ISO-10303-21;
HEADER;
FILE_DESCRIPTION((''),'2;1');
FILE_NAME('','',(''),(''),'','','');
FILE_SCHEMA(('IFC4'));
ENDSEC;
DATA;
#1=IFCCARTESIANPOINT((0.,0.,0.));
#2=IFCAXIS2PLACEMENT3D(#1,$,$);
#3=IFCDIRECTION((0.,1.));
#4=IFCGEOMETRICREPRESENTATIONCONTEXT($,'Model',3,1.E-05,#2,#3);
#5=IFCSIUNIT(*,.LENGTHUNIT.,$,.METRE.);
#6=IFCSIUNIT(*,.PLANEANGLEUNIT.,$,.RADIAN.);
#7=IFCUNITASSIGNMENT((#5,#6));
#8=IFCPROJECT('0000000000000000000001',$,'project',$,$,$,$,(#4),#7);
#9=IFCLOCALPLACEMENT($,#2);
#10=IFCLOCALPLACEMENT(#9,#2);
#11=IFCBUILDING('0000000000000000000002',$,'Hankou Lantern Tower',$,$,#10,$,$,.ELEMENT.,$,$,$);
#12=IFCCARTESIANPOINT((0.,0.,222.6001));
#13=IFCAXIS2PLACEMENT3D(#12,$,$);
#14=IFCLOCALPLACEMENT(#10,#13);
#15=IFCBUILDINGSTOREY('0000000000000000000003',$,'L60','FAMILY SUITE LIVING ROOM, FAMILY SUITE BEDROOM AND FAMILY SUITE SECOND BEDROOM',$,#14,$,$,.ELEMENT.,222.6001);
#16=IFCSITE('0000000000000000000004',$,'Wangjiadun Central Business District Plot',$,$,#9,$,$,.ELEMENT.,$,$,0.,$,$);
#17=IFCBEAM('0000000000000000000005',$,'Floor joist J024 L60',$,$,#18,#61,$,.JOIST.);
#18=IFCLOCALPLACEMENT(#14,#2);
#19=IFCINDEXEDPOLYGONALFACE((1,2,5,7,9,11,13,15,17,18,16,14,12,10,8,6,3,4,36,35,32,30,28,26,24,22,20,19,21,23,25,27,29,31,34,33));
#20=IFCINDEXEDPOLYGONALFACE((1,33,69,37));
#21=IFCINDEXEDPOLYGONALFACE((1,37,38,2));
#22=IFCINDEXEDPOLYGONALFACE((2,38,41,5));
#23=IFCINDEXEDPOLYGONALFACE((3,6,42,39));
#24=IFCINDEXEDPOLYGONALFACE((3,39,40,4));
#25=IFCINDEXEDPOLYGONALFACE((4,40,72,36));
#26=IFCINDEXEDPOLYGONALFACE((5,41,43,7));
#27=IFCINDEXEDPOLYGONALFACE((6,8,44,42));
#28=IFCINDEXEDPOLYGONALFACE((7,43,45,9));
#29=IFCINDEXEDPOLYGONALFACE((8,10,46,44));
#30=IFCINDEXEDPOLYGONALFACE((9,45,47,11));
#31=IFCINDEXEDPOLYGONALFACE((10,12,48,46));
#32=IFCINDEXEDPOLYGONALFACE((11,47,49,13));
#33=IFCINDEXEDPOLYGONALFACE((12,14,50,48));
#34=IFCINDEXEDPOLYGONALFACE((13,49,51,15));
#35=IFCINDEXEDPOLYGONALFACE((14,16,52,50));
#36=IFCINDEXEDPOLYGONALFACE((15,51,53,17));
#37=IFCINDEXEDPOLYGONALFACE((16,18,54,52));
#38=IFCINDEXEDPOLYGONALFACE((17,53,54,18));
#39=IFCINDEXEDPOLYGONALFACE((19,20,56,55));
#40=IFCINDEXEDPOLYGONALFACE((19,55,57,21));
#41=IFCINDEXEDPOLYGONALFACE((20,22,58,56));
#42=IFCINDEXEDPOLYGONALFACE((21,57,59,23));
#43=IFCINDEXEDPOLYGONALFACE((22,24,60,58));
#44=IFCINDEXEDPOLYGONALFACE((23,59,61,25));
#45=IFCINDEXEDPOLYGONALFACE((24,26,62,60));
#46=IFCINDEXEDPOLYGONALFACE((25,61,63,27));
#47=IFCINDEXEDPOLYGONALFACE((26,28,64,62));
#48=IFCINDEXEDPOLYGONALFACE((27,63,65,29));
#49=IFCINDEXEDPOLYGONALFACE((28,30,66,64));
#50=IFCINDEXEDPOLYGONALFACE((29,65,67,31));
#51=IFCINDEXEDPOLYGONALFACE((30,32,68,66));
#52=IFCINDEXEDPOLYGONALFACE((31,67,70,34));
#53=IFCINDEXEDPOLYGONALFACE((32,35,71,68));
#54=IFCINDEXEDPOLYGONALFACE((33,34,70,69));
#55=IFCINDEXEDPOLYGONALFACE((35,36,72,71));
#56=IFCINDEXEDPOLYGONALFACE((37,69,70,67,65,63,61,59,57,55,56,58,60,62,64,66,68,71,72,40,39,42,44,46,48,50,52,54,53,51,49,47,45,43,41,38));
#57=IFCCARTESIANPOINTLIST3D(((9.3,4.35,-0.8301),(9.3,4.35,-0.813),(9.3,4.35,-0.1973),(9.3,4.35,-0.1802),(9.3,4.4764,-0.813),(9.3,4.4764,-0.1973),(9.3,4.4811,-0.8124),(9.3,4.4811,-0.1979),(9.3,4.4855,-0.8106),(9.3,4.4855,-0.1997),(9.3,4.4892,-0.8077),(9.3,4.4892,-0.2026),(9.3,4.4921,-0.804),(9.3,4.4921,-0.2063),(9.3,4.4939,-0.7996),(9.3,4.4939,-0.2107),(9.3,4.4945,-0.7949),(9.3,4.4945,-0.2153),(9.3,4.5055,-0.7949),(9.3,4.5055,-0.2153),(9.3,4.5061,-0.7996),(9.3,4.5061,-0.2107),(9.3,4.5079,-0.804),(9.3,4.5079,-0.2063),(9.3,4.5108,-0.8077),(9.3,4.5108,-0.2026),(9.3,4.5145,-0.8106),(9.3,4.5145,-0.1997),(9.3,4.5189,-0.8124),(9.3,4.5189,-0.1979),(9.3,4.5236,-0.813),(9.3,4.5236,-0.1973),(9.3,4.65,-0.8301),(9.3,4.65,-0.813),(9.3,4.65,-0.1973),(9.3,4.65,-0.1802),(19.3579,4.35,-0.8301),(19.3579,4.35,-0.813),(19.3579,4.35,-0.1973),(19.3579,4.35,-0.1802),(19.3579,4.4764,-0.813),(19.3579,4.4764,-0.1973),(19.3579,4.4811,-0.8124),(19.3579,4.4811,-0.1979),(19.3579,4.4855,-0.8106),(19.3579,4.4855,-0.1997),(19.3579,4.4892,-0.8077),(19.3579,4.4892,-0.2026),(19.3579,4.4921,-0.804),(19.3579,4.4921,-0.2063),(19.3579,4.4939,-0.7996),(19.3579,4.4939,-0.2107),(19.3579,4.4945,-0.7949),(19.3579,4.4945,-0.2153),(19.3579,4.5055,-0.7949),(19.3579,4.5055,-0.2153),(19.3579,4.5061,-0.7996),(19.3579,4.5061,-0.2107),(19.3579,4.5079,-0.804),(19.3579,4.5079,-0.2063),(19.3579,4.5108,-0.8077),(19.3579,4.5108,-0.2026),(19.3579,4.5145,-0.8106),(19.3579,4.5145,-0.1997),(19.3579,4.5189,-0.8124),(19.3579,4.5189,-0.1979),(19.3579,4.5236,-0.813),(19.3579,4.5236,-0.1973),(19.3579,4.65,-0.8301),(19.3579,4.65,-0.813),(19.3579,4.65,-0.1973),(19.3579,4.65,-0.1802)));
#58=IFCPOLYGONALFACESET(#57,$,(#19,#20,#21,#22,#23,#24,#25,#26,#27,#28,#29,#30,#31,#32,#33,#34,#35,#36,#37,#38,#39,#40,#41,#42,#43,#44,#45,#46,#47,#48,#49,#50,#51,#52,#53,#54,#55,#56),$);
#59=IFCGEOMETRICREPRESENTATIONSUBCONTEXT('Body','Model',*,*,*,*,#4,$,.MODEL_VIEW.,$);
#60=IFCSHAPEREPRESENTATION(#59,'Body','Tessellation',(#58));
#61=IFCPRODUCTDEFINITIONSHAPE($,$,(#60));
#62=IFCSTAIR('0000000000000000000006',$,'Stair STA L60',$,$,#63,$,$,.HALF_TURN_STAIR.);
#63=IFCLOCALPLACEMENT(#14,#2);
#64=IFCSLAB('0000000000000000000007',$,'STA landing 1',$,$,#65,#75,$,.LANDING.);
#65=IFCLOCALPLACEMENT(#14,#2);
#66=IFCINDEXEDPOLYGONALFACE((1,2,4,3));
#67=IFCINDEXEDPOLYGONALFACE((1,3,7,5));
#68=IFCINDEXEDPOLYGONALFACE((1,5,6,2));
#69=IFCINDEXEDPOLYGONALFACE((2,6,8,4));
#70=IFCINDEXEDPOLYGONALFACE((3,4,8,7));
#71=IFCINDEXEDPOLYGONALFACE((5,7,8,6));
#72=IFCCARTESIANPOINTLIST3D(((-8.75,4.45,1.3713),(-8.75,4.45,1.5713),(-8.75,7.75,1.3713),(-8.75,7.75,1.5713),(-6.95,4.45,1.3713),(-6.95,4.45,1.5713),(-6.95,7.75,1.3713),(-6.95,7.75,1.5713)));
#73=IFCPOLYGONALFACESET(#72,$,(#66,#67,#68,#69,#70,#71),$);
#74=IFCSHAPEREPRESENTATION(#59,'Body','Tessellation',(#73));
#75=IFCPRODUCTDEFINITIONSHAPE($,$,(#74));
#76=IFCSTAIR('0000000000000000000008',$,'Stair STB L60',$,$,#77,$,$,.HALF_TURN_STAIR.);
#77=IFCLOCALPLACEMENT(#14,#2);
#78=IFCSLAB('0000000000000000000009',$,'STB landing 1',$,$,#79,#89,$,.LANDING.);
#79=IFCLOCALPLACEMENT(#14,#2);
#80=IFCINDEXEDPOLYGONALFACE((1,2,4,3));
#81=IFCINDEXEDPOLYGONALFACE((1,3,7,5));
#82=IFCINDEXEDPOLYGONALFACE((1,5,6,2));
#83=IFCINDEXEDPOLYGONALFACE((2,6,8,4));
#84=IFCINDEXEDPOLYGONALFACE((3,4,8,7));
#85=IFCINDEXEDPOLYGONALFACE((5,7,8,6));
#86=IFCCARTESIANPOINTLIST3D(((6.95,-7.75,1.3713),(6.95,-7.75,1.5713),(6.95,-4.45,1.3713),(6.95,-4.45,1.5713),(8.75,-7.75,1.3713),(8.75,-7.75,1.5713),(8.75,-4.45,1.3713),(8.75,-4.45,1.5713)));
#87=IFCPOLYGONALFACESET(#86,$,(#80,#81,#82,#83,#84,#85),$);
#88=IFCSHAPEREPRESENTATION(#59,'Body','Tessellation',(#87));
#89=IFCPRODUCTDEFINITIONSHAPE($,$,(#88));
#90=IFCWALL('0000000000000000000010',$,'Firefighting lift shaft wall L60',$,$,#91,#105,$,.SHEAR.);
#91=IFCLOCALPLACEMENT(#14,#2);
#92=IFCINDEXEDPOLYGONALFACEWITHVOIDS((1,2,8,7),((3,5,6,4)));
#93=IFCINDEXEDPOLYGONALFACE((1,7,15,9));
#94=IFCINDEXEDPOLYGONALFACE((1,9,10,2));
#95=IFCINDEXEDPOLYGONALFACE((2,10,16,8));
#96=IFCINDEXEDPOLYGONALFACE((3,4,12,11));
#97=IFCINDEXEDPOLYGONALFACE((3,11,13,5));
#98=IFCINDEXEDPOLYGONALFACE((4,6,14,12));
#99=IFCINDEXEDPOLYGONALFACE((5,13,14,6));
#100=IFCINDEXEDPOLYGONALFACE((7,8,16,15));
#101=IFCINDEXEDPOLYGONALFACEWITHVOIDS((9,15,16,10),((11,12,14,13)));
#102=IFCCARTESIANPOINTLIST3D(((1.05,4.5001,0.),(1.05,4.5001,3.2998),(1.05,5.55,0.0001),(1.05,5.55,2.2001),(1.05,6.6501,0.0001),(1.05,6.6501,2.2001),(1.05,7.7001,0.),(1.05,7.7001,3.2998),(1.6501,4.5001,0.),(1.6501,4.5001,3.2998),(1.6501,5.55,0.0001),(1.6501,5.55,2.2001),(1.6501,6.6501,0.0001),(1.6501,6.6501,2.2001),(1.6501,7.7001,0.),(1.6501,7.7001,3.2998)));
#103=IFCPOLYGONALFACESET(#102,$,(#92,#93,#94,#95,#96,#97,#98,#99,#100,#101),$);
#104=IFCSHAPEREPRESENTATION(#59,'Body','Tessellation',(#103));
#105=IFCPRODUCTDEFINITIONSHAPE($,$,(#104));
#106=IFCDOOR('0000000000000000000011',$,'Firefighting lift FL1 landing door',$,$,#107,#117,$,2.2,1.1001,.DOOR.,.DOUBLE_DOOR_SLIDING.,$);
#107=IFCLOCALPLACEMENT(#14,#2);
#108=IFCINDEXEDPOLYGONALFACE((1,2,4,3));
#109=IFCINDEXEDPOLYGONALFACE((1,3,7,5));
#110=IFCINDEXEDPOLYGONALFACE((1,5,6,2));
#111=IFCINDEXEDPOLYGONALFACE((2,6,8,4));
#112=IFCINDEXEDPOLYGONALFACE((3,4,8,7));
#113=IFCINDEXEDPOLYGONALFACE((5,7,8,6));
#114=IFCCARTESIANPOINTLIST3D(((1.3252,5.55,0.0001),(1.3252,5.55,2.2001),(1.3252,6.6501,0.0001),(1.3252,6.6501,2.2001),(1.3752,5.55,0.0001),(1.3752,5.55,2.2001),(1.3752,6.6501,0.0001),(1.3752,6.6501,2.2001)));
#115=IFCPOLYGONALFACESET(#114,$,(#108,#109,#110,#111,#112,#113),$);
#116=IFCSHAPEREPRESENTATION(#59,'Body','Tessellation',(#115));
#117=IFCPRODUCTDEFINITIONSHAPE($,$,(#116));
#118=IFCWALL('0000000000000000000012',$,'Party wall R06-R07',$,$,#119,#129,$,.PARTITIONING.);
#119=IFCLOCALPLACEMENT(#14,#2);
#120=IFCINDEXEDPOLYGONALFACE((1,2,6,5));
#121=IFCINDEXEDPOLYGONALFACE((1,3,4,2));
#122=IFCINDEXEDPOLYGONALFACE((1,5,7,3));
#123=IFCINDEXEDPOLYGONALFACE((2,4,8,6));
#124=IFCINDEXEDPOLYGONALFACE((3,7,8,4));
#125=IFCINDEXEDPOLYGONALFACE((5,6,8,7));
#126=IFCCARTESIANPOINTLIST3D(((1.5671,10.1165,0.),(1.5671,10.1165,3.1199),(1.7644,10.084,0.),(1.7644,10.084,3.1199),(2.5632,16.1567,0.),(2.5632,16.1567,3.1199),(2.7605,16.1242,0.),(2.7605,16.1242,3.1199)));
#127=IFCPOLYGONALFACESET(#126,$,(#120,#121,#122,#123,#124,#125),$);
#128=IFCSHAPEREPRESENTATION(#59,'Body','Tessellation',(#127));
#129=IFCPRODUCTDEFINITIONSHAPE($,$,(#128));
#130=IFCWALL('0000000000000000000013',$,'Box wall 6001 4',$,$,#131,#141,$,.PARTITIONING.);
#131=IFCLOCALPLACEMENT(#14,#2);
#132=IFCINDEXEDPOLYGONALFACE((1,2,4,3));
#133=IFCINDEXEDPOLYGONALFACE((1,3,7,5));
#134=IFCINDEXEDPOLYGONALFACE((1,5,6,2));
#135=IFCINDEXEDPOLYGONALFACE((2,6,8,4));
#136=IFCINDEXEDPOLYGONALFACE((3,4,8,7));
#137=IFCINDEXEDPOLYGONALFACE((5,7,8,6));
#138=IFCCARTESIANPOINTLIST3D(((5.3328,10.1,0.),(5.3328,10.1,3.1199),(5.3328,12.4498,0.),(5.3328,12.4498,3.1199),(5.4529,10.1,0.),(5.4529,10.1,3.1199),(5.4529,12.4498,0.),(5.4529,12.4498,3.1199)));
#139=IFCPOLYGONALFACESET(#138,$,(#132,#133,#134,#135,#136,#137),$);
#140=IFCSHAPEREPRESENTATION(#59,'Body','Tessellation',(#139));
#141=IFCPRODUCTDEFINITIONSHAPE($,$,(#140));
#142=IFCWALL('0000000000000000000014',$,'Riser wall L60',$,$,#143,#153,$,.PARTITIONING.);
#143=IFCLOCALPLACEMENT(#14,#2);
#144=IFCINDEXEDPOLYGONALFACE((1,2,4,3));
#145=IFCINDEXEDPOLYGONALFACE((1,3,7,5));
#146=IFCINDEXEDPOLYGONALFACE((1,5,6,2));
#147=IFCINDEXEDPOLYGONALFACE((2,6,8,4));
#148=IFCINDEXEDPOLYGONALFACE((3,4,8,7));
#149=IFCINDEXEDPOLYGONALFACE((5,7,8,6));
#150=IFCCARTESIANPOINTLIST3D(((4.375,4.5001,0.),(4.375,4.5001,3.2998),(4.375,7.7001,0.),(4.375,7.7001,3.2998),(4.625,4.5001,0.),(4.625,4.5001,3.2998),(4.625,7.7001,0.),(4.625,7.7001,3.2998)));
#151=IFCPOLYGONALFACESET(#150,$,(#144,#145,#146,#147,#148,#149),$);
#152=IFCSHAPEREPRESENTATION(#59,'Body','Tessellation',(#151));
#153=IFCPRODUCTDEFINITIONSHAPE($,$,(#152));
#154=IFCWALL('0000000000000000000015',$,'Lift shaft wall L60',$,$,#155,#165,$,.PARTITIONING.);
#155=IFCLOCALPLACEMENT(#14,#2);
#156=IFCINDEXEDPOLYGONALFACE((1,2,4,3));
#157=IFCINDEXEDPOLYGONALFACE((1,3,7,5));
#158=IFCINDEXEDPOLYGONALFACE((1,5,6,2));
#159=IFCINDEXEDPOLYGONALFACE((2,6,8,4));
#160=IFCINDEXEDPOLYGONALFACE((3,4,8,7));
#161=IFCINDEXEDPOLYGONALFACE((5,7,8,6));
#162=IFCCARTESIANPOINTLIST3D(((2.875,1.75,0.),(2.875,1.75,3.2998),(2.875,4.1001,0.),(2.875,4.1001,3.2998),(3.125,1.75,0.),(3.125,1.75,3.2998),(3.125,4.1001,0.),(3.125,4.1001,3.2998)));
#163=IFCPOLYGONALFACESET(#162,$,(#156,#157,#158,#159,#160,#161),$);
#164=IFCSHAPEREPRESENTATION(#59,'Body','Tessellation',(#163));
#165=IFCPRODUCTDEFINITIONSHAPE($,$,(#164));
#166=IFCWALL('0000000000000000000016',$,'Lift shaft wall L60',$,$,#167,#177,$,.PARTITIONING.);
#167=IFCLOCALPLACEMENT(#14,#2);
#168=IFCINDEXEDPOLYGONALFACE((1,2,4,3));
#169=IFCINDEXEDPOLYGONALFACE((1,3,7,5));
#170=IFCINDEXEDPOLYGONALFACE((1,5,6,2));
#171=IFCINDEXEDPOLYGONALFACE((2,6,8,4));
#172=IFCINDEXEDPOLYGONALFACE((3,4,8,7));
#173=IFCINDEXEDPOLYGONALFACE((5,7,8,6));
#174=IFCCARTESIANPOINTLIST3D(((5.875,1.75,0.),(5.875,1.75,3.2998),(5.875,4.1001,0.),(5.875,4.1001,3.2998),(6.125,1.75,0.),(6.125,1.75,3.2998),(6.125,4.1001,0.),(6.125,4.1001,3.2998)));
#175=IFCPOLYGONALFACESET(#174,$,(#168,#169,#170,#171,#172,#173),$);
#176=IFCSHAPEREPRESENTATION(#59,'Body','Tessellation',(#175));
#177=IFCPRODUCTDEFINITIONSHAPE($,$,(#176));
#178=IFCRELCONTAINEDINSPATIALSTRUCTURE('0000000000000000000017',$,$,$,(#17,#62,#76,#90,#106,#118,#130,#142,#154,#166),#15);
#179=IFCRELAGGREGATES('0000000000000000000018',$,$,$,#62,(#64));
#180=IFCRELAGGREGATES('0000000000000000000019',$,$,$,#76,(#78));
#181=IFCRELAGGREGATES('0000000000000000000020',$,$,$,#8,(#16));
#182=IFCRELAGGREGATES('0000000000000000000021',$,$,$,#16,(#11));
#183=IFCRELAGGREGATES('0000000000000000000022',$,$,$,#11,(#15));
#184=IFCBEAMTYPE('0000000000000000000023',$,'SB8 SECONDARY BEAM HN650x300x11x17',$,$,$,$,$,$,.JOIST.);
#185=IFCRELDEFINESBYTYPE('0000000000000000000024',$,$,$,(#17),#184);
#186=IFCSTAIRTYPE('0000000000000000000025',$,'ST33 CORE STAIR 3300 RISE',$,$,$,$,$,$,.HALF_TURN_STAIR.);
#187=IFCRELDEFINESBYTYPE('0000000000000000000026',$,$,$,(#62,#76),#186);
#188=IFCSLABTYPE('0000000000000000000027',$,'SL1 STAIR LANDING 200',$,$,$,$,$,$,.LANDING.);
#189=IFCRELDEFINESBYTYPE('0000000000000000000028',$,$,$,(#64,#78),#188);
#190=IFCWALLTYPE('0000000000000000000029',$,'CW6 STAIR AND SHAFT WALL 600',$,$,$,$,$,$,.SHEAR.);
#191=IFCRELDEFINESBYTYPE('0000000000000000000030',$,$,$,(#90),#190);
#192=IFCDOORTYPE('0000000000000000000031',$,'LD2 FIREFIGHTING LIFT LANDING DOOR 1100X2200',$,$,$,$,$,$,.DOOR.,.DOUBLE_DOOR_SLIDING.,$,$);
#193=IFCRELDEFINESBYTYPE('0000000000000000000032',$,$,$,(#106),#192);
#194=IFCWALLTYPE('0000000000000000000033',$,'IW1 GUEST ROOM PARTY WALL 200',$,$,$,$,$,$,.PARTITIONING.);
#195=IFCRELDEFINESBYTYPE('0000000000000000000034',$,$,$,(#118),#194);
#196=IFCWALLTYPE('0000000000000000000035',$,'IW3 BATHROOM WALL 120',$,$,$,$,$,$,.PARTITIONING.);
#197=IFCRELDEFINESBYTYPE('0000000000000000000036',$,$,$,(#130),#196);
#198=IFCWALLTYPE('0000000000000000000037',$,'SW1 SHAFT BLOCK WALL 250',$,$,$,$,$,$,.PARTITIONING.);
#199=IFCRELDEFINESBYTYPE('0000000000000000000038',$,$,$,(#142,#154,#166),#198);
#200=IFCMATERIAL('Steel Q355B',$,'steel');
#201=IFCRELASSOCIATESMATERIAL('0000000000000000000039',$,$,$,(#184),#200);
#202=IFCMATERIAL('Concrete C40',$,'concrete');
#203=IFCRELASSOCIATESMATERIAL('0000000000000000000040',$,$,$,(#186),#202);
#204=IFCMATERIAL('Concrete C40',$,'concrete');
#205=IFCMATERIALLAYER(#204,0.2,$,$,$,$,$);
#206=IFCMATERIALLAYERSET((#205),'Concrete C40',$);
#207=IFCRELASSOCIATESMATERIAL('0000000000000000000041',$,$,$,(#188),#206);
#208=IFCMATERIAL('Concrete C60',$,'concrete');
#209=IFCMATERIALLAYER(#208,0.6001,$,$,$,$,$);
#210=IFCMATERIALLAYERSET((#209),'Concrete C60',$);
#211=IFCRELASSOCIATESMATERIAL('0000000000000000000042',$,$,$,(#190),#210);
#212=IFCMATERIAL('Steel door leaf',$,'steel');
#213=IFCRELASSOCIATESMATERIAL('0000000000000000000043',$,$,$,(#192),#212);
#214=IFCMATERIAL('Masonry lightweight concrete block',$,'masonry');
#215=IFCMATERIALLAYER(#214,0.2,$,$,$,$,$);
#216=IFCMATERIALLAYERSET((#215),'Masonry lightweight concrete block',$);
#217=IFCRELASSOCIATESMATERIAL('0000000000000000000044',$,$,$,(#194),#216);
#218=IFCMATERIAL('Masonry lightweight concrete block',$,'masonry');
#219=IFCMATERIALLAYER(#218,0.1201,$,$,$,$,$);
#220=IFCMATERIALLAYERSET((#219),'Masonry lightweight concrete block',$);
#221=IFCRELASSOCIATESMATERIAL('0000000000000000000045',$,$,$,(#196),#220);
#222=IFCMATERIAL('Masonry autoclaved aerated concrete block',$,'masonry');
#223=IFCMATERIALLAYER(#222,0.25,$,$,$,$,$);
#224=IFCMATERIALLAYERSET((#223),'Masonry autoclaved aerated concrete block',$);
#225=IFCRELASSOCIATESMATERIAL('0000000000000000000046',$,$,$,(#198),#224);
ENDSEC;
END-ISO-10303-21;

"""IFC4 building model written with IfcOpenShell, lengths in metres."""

from ifc_helpers import new_model, si_unit, direction, frame, frame_2d, origin, origin_2d, place, context, subcontext, project, spatial, polyline, rectangle, i_section, outline, extrude, material, layer, layer_set, material_profile, profile_set, type_object, element, fill, aggregate, save


model = new_model("IFC4")

# Units and contexts
model_context = context("Model", 3, precision=1e-05, world=origin(), true_north=direction((0.0, 1.0)))
body_context = subcontext(model_context, "Body", "Model", "MODEL_VIEW")
ifc_project = project(units=[si_unit("LENGTHUNIT", "METRE"), si_unit("PLANEANGLEUNIT", "RADIAN")], contexts=[model_context])

# Site, building, storey
site_placement = place(None, origin())
site = spatial("IfcSite", under=ifc_project, at=site_placement, Name="Wangjiadun Central Business District Plot", CompositionType="ELEMENT", RefElevation=0.0)
building_placement = place(site_placement, origin())
building = spatial("IfcBuilding", under=site, at=building_placement, Name="Hankou Lantern Tower", CompositionType="ELEMENT")
storey_placement = place(building_placement, frame((0.0, 0.0, 222.6001)))
storey = spatial("IfcBuildingStorey", under=building, at=storey_placement, Name="L60", Description="FAMILY SUITE LIVING ROOM, FAMILY SUITE BEDROOM AND FAMILY SUITE SECOND BEDROOM", CompositionType="ELEMENT", Elevation=222.6001)

# Beam
ifc_material_1 = material(Name="Steel Q355B", Category="steel")
ifc_material_profile_1 = material_profile(ifc_material_1, i_section(OverallWidth=0.3, OverallDepth=0.6499, WebThickness=0.011, FlangeThickness=0.0171, FilletRadius=0.0181, at=origin_2d()), Name="HN650x300x11x17")
ifc_profile_set_1 = profile_set([ifc_material_profile_1], Name="Steel Q355B")
beam_type_1 = type_object("IfcBeamType", Name="SB8 SECONDARY BEAM HN650x300x11x17", PredefinedType="JOIST", material=ifc_profile_set_1)
beam_1_placement = place(storey_placement, frame((9.3, 4.5, -0.5051), z_axis=(1.0, 0.0, 0.0), x_axis=(0.0, 1.0, 0.0)))
element("IfcBeam", 1, at=beam_1_placement, inside=storey, type_object=beam_type_1, Name="Floor joist J024 L60", PredefinedType="JOIST", context=body_context, shape_type="SweptSolid", body=[
    extrude(i_section(OverallWidth=0.3, OverallDepth=0.6499, WebThickness=0.011, FlangeThickness=0.0171, FilletRadius=0.0181, at=origin_2d()), origin(), (0.0, 0.0, 1.0), 10.0579),
])

# Stairs, slabs
ifc_material_2 = material(Name="Concrete C40", Category="concrete")
stair_type = type_object("IfcStairType", Name="ST33 CORE STAIR 3300 RISE", PredefinedType="HALF_TURN_STAIR", material=ifc_material_2)
stair_1_placement = place(storey_placement, origin())
stair_1 = element("IfcStair", 2, at=stair_1_placement, inside=storey, type_object=stair_type, Name="Stair STA L60", PredefinedType="HALF_TURN_STAIR")
ifc_material_3 = material(Name="Concrete C40", Category="concrete")
ifc_layer_1 = layer(ifc_material_3, 0.2)
ifc_layer_set_1 = layer_set([ifc_layer_1], Name="Concrete C40")
slab_type = type_object("IfcSlabType", Name="SL1 STAIR LANDING 200", PredefinedType="LANDING", material=ifc_layer_set_1)
slab_1_placement = place(storey_placement, frame((0.0, 0.0, 1.3713)))
slab_1 = element("IfcSlab", 3, at=slab_1_placement, type_object=slab_type, Name="STA landing 1", PredefinedType="LANDING", context=body_context, shape_type="SweptSolid", body=[
    extrude(outline(polyline([(-8.75, 4.45), (-6.95, 4.45), (-6.95, 7.75), (-8.75, 7.75), (-8.75, 4.45)])), origin(), (0.0, 0.0, 1.0), 0.2),
])
aggregate(stair_1, [slab_1])
stair_2_placement = place(storey_placement, origin())
stair_2 = element("IfcStair", 4, at=stair_2_placement, inside=storey, type_object=stair_type, Name="Stair STB L60", PredefinedType="HALF_TURN_STAIR")
slab_2_placement = place(storey_placement, frame((0.0, 0.0, 1.3713)))
slab_2 = element("IfcSlab", 5, at=slab_2_placement, type_object=slab_type, Name="STB landing 1", PredefinedType="LANDING", context=body_context, shape_type="SweptSolid", body=[
    extrude(outline(polyline([(8.75, -4.45), (6.95, -4.45), (6.95, -7.75), (8.75, -7.75), (8.75, -4.45)])), origin(), (0.0, 0.0, 1.0), 0.2),
])
aggregate(stair_2, [slab_2])

# Wall, opening, door
ifc_material_4 = material(Name="Concrete C60", Category="concrete")
ifc_layer_2 = layer(ifc_material_4, 0.6001)
ifc_layer_set_2 = layer_set([ifc_layer_2], Name="Concrete C60")
wall_type_1 = type_object("IfcWallType", Name="CW6 STAIR AND SHAFT WALL 600", PredefinedType="SHEAR", material=ifc_layer_set_2)
wall_1_placement = place(storey_placement, frame((1.3501, 4.5, 0.0), z_axis=(0.0, 0.0, 1.0), x_axis=(0.0, 1.0, 0.0)))
wall_1 = element("IfcWall", 6, at=wall_1_placement, inside=storey, type_object=wall_type_1, Name="Firefighting lift shaft wall L60", PredefinedType="SHEAR", context=body_context, shape_type="SweptSolid", body=[
    extrude(rectangle(XDim=3.2, YDim=0.6001, at=frame_2d((1.6001, 0.0))), origin(), (0.0, 0.0, 1.0), 3.2998),
])
opening_placement = place(wall_1_placement, frame((1.05, 0.0, 0.0)))
opening = element("IfcOpeningElement", 7, at=opening_placement, cuts=wall_1, PredefinedType="OPENING", context=body_context, shape_type="SweptSolid", body=[
    extrude(rectangle(XDim=1.1001, YDim=2.2, at=frame_2d((0.55, 1.1001))), frame((0.0, 0.3101, 0.0), z_axis=(0.0, -1.0, 0.0), x_axis=(1.0, 0.0, 0.0)), (0.0, 0.0, 1.0), 0.6201),
])
ifc_material_5 = material(Name="Steel door leaf", Category="steel")
door_type = type_object("IfcDoorType", Name="LD2 FIREFIGHTING LIFT LANDING DOOR 1100X2200", OperationType="DOUBLE_DOOR_SLIDING", PredefinedType="DOOR", material=ifc_material_5)
door_placement = place(opening_placement, origin())
door = element("IfcDoor", 8, at=door_placement, inside=storey, type_object=door_type, Name="Firefighting lift FL1 landing door", OperationType="DOUBLE_DOOR_SLIDING", OverallHeight=2.2, OverallWidth=1.1001, PredefinedType="DOOR", context=body_context, shape_type="SweptSolid", body=[
    extrude(rectangle(XDim=1.1001, YDim=2.2, at=frame_2d((0.55, 1.1001))), frame((0.0, 0.0249, 0.0), z_axis=(0.0, -1.0, 0.0), x_axis=(1.0, 0.0, 0.0)), (0.0, 0.0, 1.0), 0.05),
])
fill(opening, door)

# Walls
ifc_material_6 = material(Name="Masonry lightweight concrete block", Category="masonry")
ifc_layer_3 = layer(ifc_material_6, 0.2)
ifc_layer_set_3 = layer_set([ifc_layer_3], Name="Masonry lightweight concrete block")
wall_type_2 = type_object("IfcWallType", Name="IW1 GUEST ROOM PARTY WALL 200", PredefinedType="PARTITIONING", material=ifc_layer_set_3)
wall_2_placement = place(storey_placement, frame((1.6658, 10.1001, 0.0), z_axis=(0.0, 0.0, 1.0), x_axis=(0.162711, 0.986674, 0.0)))
element("IfcWall", 9, at=wall_2_placement, inside=storey, type_object=wall_type_2, Name="Party wall R06-R07", PredefinedType="PARTITIONING", context=body_context, shape_type="SweptSolid", body=[
    extrude(rectangle(XDim=6.1218, YDim=0.2, at=frame_2d((3.061, 0.0))), origin(), (0.0, 0.0, 1.0), 3.1199),
])
ifc_material_7 = material(Name="Masonry lightweight concrete block", Category="masonry")
ifc_layer_4 = layer(ifc_material_7, 0.1201)
ifc_layer_set_4 = layer_set([ifc_layer_4], Name="Masonry lightweight concrete block")
wall_type_3 = type_object("IfcWallType", Name="IW3 BATHROOM WALL 120", PredefinedType="PARTITIONING", material=ifc_layer_set_4)
wall_3_placement = place(storey_placement, frame((5.3928, 10.1001, 0.0), z_axis=(0.0, 0.0, 1.0), x_axis=(0.0, 1.0, 0.0)))
element("IfcWall", 10, at=wall_3_placement, inside=storey, type_object=wall_type_3, Name="Box wall 6001 4", PredefinedType="PARTITIONING", context=body_context, shape_type="SweptSolid", body=[
    extrude(rectangle(XDim=2.3499, YDim=0.1201, at=frame_2d((1.1748, 0.0))), origin(), (0.0, 0.0, 1.0), 3.1199),
])
ifc_material_8 = material(Name="Masonry autoclaved aerated concrete block", Category="masonry")
ifc_layer_5 = layer(ifc_material_8, 0.25)
ifc_layer_set_5 = layer_set([ifc_layer_5], Name="Masonry autoclaved aerated concrete block")
wall_type_4 = type_object("IfcWallType", Name="SW1 SHAFT BLOCK WALL 250", PredefinedType="PARTITIONING", material=ifc_layer_set_5)
wall_4_placement = place(storey_placement, frame((4.5, 4.5, 0.0), z_axis=(0.0, 0.0, 1.0), x_axis=(0.0, 1.0, 0.0)))
element("IfcWall", 11, at=wall_4_placement, inside=storey, type_object=wall_type_4, Name="Riser wall L60", PredefinedType="PARTITIONING", context=body_context, shape_type="SweptSolid", body=[
    extrude(rectangle(XDim=3.2, YDim=0.25, at=frame_2d((1.6001, 0.0))), origin(), (0.0, 0.0, 1.0), 3.2998),
])
for number, where, z_axis, x_axis, name in (
    (12, (3.0, 1.75, 0.0), (0.0, 0.0, 1.0), (0.0, 1.0, 0.0), "Lift shaft wall L60"),
    (13, (6.0, 1.75, 0.0), (0.0, 0.0, 1.0), (0.0, 1.0, 0.0), "Lift shaft wall L60"),
):
    element("IfcWall", number, at=place(storey_placement, frame(where, z_axis=z_axis, x_axis=x_axis)), inside=storey, type_object=wall_type_4, Name=name, PredefinedType="PARTITIONING", context=body_context, shape_type="SweptSolid", body=[
        extrude(rectangle(XDim=2.3501, YDim=0.25, at=frame_2d((1.175, 0.0))), origin(), (0.0, 0.0, 1.0), 3.2998),
    ])

save(model, "model.ifc")
